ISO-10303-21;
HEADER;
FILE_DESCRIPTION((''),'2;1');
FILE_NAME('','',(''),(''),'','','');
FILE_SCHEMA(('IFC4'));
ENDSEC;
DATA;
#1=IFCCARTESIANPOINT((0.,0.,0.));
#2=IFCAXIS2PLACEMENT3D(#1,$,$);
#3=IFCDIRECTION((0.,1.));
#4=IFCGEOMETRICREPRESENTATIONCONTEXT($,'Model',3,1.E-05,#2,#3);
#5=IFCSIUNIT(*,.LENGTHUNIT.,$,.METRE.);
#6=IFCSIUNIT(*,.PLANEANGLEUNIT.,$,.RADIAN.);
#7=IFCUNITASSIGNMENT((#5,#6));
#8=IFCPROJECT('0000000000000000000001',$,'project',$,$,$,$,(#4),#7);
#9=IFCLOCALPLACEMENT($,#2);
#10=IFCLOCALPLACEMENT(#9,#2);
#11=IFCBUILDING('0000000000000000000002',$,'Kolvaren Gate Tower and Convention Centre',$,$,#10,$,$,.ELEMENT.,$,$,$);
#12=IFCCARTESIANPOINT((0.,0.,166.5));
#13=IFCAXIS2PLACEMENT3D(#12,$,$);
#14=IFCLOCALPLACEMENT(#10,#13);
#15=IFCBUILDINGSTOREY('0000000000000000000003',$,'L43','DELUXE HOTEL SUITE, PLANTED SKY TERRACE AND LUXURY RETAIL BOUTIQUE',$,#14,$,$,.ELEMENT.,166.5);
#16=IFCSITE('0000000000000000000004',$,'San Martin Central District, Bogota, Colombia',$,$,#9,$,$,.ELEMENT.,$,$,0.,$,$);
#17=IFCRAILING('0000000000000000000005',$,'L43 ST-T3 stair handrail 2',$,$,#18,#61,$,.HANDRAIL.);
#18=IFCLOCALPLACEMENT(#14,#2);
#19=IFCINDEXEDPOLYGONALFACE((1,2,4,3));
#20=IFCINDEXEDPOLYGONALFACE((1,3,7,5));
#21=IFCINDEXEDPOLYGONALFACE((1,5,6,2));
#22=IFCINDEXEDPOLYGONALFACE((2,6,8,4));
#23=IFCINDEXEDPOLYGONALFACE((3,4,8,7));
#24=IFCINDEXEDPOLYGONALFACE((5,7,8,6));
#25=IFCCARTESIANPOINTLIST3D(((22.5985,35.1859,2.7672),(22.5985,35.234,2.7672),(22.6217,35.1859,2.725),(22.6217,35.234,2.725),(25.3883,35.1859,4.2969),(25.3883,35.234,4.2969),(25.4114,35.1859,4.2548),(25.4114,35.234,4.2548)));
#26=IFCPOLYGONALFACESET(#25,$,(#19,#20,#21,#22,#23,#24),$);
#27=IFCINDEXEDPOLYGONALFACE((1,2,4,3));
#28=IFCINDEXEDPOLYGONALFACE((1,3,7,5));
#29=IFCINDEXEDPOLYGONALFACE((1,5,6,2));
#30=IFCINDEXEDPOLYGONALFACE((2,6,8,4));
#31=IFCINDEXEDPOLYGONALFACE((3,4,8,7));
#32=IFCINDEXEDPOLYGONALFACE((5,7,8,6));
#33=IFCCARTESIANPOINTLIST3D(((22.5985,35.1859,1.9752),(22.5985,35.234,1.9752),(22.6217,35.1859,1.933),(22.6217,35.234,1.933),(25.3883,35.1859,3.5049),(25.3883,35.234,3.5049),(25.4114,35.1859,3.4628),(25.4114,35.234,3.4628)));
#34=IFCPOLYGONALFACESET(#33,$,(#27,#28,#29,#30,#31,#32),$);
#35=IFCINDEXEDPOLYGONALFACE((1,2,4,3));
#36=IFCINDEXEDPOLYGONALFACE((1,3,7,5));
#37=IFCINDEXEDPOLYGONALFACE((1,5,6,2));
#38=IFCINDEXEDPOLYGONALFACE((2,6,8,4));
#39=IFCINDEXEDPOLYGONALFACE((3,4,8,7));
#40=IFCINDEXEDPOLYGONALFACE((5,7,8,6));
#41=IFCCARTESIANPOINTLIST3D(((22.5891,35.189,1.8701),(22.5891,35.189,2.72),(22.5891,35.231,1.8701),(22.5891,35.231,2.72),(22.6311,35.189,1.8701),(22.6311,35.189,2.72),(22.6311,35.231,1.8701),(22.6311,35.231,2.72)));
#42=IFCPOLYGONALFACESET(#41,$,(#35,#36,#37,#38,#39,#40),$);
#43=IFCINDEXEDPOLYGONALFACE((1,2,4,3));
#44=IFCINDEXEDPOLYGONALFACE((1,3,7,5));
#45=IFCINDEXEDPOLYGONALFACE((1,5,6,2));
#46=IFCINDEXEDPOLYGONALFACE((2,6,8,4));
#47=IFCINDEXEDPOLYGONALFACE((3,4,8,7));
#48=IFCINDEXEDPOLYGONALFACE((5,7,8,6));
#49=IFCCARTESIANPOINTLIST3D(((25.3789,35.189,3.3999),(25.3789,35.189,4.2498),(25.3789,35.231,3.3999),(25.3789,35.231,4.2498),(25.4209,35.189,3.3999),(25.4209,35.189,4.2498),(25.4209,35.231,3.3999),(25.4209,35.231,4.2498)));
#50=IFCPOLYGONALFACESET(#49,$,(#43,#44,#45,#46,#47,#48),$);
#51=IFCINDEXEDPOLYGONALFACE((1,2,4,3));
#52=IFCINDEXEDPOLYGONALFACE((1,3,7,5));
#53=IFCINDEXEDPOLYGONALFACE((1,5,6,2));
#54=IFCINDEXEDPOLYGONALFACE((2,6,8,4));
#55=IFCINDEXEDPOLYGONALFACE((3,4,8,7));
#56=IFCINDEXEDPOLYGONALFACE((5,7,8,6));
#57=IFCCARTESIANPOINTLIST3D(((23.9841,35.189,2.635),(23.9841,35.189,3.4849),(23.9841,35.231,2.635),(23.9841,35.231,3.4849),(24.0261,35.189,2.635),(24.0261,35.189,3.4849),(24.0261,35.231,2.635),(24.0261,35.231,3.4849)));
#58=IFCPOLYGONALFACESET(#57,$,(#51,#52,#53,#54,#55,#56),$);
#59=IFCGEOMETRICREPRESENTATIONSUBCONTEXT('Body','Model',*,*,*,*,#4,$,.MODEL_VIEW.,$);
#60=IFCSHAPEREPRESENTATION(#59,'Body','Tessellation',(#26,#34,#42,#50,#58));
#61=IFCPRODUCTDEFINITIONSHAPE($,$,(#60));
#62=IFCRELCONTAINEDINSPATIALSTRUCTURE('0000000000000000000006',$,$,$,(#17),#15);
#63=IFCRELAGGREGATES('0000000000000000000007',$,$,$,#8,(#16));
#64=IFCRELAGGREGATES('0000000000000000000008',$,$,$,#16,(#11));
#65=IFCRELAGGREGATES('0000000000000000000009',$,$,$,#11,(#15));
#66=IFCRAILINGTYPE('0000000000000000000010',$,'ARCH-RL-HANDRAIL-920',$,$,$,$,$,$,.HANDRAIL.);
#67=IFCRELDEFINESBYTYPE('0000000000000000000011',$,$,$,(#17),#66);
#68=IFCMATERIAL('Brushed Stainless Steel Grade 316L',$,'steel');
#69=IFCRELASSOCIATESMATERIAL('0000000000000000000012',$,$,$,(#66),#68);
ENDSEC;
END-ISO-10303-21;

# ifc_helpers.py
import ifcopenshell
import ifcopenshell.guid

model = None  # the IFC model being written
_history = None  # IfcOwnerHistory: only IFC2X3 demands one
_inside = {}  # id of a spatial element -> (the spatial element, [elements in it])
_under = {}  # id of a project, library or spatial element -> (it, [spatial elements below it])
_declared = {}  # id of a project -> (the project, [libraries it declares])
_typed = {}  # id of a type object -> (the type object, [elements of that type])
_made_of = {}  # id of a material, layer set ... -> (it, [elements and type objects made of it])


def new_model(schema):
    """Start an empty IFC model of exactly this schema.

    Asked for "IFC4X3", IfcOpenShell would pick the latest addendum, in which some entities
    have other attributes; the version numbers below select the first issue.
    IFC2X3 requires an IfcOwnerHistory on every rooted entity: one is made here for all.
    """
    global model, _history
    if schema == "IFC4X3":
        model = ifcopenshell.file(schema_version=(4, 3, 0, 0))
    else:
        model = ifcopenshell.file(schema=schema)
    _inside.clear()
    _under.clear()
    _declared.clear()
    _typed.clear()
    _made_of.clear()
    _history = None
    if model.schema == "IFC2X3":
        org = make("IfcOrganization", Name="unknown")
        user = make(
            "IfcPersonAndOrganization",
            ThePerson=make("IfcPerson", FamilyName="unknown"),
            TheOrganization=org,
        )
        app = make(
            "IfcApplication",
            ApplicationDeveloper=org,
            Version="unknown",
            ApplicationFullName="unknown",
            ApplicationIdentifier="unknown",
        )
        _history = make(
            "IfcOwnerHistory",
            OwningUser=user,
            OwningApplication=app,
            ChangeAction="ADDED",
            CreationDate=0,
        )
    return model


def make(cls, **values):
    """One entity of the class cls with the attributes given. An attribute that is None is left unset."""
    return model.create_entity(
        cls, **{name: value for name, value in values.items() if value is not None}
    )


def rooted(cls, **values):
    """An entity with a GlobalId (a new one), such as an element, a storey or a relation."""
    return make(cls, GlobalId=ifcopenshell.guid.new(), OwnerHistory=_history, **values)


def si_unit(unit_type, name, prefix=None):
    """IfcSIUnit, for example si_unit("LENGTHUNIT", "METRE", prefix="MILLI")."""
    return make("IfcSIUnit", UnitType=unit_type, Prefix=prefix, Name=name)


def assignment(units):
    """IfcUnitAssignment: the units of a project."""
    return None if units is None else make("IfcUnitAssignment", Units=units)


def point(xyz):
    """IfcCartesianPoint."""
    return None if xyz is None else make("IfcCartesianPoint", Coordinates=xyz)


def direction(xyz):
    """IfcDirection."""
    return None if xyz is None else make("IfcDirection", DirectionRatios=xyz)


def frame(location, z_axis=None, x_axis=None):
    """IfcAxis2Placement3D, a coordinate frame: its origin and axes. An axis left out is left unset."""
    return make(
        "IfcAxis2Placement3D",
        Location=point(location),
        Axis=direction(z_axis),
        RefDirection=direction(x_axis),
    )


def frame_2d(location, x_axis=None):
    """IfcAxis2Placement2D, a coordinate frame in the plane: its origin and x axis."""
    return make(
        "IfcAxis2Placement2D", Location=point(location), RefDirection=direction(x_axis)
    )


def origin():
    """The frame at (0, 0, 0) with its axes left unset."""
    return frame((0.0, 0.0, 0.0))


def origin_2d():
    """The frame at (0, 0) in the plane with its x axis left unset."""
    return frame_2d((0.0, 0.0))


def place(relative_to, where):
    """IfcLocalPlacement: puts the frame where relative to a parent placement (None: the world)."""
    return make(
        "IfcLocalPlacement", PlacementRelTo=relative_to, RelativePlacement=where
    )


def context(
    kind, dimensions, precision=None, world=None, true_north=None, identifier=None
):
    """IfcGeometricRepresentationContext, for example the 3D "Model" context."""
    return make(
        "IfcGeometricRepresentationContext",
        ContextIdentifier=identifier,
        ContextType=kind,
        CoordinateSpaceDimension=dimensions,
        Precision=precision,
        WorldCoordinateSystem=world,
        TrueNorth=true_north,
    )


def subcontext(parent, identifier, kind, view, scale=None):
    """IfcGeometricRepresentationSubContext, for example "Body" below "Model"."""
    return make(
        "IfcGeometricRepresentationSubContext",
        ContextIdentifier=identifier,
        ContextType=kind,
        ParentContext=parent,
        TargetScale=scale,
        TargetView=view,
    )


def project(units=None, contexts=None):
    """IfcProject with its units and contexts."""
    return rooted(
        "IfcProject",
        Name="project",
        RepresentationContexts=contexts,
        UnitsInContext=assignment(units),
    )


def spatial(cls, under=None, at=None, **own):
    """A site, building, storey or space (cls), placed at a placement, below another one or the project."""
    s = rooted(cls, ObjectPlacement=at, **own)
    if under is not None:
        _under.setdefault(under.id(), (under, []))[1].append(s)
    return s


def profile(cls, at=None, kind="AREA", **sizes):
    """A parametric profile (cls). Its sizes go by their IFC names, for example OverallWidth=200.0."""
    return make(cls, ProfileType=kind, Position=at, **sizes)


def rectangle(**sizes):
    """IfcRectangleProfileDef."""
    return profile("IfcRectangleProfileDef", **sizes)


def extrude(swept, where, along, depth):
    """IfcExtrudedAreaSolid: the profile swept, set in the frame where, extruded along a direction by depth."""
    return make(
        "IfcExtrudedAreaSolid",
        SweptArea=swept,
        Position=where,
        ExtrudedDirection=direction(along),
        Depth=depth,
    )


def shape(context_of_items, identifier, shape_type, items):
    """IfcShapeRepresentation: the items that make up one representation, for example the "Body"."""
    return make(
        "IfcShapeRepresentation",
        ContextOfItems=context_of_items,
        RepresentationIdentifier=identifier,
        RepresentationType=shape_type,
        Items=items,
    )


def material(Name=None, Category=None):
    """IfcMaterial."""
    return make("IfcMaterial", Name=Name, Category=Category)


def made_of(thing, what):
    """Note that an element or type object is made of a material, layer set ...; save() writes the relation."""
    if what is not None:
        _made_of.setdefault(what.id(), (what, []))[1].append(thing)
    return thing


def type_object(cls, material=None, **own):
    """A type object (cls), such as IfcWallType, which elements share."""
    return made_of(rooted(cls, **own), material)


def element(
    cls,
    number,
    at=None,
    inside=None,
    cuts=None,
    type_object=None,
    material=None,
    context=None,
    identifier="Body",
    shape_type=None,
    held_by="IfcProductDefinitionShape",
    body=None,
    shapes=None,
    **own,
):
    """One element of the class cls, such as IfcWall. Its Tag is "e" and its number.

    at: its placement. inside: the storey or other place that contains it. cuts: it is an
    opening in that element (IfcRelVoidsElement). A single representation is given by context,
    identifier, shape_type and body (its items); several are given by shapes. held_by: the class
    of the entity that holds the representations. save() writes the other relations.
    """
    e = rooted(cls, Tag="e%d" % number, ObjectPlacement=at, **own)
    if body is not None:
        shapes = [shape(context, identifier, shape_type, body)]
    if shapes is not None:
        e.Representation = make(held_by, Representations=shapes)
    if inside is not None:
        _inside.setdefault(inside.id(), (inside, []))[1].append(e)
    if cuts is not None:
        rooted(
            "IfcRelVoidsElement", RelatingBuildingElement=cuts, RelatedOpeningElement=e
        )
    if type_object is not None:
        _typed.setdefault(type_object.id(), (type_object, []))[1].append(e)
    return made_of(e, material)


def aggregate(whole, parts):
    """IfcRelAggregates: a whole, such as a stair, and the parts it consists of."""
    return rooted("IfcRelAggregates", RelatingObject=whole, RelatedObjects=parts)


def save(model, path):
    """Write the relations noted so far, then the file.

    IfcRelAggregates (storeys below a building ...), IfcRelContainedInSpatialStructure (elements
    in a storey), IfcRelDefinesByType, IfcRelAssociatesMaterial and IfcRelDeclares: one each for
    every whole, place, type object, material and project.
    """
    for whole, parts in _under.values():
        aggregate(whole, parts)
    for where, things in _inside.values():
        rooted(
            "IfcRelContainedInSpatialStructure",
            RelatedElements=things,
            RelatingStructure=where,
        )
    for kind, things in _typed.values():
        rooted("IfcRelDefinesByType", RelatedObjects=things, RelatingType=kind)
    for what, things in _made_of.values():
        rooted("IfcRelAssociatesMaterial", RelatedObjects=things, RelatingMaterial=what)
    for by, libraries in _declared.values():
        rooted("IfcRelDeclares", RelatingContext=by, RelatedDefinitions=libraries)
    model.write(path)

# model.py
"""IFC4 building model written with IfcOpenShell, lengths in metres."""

from ifc_helpers import new_model, si_unit, direction, frame, origin, origin_2d, place, context, subcontext, project, spatial, rectangle, extrude, material, type_object, element, save


model = new_model("IFC4")

# Units and contexts
model_context = context("Model", 3, precision=1e-05, world=origin(), true_north=direction((0.0, 1.0)))
body_context = subcontext(model_context, "Body", "Model", "MODEL_VIEW")
ifc_project = project(units=[si_unit("LENGTHUNIT", "METRE"), si_unit("PLANEANGLEUNIT", "RADIAN")], contexts=[model_context])

# Site, building, storey
site_placement = place(None, origin())
site = spatial("IfcSite", under=ifc_project, at=site_placement, Name="San Martin Central District, Bogota, Colombia", CompositionType="ELEMENT", RefElevation=0.0)
building_placement = place(site_placement, origin())
building = spatial("IfcBuilding", under=site, at=building_placement, Name="Kolvaren Gate Tower and Convention Centre", CompositionType="ELEMENT")
storey_placement = place(building_placement, frame((0.0, 0.0, 166.5)))
storey = spatial("IfcBuildingStorey", under=building, at=storey_placement, Name="L43", Description="DELUXE HOTEL SUITE, PLANTED SKY TERRACE AND LUXURY RETAIL BOUTIQUE", CompositionType="ELEMENT", Elevation=166.5)

# Railing
ifc_material_1 = material(Name="Brushed Stainless Steel Grade 316L", Category="steel")
railing_type_1 = type_object("IfcRailingType", Name="ARCH-RL-HANDRAIL-920", PredefinedType="HANDRAIL", material=ifc_material_1)
railing_1_placement = place(storey_placement, frame((22.6101, 35.21, 1.8701)))
element("IfcRailing", 1, at=railing_1_placement, inside=storey, type_object=railing_type_1, Name="L43 ST-T3 stair handrail 2", PredefinedType="HANDRAIL", context=body_context, shape_type="SweptSolid", body=[
    extrude(rectangle(XDim=0.0481, YDim=0.0481, at=origin_2d()), frame((0.0, 0.0, 0.876), z_axis=(0.876826, 0.0, 0.480808), x_axis=(0.0, 1.0, 0.0)), (0.0, 0.0, 1.0), 3.1816),
    extrude(rectangle(XDim=0.0481, YDim=0.0481, at=origin_2d()), frame((0.0, 0.0, 0.084), z_axis=(0.876826, 0.0, 0.480808), x_axis=(0.0, 1.0, 0.0)), (0.0, 0.0, 1.0), 3.1816),
    extrude(rectangle(XDim=0.042, YDim=0.042, at=origin_2d()), origin(), (0.0, 0.0, 1.0), 0.8499),
    extrude(rectangle(XDim=0.042, YDim=0.042, at=origin_2d()), frame((2.7898, 0.0, 1.5298)), (0.0, 0.0, 1.0), 0.8499),
    extrude(rectangle(XDim=0.042, YDim=0.042, at=origin_2d()), frame((1.395, 0.0, 0.7649)), (0.0, 0.0, 1.0), 0.8499),
])

save(model, "model.ifc")
